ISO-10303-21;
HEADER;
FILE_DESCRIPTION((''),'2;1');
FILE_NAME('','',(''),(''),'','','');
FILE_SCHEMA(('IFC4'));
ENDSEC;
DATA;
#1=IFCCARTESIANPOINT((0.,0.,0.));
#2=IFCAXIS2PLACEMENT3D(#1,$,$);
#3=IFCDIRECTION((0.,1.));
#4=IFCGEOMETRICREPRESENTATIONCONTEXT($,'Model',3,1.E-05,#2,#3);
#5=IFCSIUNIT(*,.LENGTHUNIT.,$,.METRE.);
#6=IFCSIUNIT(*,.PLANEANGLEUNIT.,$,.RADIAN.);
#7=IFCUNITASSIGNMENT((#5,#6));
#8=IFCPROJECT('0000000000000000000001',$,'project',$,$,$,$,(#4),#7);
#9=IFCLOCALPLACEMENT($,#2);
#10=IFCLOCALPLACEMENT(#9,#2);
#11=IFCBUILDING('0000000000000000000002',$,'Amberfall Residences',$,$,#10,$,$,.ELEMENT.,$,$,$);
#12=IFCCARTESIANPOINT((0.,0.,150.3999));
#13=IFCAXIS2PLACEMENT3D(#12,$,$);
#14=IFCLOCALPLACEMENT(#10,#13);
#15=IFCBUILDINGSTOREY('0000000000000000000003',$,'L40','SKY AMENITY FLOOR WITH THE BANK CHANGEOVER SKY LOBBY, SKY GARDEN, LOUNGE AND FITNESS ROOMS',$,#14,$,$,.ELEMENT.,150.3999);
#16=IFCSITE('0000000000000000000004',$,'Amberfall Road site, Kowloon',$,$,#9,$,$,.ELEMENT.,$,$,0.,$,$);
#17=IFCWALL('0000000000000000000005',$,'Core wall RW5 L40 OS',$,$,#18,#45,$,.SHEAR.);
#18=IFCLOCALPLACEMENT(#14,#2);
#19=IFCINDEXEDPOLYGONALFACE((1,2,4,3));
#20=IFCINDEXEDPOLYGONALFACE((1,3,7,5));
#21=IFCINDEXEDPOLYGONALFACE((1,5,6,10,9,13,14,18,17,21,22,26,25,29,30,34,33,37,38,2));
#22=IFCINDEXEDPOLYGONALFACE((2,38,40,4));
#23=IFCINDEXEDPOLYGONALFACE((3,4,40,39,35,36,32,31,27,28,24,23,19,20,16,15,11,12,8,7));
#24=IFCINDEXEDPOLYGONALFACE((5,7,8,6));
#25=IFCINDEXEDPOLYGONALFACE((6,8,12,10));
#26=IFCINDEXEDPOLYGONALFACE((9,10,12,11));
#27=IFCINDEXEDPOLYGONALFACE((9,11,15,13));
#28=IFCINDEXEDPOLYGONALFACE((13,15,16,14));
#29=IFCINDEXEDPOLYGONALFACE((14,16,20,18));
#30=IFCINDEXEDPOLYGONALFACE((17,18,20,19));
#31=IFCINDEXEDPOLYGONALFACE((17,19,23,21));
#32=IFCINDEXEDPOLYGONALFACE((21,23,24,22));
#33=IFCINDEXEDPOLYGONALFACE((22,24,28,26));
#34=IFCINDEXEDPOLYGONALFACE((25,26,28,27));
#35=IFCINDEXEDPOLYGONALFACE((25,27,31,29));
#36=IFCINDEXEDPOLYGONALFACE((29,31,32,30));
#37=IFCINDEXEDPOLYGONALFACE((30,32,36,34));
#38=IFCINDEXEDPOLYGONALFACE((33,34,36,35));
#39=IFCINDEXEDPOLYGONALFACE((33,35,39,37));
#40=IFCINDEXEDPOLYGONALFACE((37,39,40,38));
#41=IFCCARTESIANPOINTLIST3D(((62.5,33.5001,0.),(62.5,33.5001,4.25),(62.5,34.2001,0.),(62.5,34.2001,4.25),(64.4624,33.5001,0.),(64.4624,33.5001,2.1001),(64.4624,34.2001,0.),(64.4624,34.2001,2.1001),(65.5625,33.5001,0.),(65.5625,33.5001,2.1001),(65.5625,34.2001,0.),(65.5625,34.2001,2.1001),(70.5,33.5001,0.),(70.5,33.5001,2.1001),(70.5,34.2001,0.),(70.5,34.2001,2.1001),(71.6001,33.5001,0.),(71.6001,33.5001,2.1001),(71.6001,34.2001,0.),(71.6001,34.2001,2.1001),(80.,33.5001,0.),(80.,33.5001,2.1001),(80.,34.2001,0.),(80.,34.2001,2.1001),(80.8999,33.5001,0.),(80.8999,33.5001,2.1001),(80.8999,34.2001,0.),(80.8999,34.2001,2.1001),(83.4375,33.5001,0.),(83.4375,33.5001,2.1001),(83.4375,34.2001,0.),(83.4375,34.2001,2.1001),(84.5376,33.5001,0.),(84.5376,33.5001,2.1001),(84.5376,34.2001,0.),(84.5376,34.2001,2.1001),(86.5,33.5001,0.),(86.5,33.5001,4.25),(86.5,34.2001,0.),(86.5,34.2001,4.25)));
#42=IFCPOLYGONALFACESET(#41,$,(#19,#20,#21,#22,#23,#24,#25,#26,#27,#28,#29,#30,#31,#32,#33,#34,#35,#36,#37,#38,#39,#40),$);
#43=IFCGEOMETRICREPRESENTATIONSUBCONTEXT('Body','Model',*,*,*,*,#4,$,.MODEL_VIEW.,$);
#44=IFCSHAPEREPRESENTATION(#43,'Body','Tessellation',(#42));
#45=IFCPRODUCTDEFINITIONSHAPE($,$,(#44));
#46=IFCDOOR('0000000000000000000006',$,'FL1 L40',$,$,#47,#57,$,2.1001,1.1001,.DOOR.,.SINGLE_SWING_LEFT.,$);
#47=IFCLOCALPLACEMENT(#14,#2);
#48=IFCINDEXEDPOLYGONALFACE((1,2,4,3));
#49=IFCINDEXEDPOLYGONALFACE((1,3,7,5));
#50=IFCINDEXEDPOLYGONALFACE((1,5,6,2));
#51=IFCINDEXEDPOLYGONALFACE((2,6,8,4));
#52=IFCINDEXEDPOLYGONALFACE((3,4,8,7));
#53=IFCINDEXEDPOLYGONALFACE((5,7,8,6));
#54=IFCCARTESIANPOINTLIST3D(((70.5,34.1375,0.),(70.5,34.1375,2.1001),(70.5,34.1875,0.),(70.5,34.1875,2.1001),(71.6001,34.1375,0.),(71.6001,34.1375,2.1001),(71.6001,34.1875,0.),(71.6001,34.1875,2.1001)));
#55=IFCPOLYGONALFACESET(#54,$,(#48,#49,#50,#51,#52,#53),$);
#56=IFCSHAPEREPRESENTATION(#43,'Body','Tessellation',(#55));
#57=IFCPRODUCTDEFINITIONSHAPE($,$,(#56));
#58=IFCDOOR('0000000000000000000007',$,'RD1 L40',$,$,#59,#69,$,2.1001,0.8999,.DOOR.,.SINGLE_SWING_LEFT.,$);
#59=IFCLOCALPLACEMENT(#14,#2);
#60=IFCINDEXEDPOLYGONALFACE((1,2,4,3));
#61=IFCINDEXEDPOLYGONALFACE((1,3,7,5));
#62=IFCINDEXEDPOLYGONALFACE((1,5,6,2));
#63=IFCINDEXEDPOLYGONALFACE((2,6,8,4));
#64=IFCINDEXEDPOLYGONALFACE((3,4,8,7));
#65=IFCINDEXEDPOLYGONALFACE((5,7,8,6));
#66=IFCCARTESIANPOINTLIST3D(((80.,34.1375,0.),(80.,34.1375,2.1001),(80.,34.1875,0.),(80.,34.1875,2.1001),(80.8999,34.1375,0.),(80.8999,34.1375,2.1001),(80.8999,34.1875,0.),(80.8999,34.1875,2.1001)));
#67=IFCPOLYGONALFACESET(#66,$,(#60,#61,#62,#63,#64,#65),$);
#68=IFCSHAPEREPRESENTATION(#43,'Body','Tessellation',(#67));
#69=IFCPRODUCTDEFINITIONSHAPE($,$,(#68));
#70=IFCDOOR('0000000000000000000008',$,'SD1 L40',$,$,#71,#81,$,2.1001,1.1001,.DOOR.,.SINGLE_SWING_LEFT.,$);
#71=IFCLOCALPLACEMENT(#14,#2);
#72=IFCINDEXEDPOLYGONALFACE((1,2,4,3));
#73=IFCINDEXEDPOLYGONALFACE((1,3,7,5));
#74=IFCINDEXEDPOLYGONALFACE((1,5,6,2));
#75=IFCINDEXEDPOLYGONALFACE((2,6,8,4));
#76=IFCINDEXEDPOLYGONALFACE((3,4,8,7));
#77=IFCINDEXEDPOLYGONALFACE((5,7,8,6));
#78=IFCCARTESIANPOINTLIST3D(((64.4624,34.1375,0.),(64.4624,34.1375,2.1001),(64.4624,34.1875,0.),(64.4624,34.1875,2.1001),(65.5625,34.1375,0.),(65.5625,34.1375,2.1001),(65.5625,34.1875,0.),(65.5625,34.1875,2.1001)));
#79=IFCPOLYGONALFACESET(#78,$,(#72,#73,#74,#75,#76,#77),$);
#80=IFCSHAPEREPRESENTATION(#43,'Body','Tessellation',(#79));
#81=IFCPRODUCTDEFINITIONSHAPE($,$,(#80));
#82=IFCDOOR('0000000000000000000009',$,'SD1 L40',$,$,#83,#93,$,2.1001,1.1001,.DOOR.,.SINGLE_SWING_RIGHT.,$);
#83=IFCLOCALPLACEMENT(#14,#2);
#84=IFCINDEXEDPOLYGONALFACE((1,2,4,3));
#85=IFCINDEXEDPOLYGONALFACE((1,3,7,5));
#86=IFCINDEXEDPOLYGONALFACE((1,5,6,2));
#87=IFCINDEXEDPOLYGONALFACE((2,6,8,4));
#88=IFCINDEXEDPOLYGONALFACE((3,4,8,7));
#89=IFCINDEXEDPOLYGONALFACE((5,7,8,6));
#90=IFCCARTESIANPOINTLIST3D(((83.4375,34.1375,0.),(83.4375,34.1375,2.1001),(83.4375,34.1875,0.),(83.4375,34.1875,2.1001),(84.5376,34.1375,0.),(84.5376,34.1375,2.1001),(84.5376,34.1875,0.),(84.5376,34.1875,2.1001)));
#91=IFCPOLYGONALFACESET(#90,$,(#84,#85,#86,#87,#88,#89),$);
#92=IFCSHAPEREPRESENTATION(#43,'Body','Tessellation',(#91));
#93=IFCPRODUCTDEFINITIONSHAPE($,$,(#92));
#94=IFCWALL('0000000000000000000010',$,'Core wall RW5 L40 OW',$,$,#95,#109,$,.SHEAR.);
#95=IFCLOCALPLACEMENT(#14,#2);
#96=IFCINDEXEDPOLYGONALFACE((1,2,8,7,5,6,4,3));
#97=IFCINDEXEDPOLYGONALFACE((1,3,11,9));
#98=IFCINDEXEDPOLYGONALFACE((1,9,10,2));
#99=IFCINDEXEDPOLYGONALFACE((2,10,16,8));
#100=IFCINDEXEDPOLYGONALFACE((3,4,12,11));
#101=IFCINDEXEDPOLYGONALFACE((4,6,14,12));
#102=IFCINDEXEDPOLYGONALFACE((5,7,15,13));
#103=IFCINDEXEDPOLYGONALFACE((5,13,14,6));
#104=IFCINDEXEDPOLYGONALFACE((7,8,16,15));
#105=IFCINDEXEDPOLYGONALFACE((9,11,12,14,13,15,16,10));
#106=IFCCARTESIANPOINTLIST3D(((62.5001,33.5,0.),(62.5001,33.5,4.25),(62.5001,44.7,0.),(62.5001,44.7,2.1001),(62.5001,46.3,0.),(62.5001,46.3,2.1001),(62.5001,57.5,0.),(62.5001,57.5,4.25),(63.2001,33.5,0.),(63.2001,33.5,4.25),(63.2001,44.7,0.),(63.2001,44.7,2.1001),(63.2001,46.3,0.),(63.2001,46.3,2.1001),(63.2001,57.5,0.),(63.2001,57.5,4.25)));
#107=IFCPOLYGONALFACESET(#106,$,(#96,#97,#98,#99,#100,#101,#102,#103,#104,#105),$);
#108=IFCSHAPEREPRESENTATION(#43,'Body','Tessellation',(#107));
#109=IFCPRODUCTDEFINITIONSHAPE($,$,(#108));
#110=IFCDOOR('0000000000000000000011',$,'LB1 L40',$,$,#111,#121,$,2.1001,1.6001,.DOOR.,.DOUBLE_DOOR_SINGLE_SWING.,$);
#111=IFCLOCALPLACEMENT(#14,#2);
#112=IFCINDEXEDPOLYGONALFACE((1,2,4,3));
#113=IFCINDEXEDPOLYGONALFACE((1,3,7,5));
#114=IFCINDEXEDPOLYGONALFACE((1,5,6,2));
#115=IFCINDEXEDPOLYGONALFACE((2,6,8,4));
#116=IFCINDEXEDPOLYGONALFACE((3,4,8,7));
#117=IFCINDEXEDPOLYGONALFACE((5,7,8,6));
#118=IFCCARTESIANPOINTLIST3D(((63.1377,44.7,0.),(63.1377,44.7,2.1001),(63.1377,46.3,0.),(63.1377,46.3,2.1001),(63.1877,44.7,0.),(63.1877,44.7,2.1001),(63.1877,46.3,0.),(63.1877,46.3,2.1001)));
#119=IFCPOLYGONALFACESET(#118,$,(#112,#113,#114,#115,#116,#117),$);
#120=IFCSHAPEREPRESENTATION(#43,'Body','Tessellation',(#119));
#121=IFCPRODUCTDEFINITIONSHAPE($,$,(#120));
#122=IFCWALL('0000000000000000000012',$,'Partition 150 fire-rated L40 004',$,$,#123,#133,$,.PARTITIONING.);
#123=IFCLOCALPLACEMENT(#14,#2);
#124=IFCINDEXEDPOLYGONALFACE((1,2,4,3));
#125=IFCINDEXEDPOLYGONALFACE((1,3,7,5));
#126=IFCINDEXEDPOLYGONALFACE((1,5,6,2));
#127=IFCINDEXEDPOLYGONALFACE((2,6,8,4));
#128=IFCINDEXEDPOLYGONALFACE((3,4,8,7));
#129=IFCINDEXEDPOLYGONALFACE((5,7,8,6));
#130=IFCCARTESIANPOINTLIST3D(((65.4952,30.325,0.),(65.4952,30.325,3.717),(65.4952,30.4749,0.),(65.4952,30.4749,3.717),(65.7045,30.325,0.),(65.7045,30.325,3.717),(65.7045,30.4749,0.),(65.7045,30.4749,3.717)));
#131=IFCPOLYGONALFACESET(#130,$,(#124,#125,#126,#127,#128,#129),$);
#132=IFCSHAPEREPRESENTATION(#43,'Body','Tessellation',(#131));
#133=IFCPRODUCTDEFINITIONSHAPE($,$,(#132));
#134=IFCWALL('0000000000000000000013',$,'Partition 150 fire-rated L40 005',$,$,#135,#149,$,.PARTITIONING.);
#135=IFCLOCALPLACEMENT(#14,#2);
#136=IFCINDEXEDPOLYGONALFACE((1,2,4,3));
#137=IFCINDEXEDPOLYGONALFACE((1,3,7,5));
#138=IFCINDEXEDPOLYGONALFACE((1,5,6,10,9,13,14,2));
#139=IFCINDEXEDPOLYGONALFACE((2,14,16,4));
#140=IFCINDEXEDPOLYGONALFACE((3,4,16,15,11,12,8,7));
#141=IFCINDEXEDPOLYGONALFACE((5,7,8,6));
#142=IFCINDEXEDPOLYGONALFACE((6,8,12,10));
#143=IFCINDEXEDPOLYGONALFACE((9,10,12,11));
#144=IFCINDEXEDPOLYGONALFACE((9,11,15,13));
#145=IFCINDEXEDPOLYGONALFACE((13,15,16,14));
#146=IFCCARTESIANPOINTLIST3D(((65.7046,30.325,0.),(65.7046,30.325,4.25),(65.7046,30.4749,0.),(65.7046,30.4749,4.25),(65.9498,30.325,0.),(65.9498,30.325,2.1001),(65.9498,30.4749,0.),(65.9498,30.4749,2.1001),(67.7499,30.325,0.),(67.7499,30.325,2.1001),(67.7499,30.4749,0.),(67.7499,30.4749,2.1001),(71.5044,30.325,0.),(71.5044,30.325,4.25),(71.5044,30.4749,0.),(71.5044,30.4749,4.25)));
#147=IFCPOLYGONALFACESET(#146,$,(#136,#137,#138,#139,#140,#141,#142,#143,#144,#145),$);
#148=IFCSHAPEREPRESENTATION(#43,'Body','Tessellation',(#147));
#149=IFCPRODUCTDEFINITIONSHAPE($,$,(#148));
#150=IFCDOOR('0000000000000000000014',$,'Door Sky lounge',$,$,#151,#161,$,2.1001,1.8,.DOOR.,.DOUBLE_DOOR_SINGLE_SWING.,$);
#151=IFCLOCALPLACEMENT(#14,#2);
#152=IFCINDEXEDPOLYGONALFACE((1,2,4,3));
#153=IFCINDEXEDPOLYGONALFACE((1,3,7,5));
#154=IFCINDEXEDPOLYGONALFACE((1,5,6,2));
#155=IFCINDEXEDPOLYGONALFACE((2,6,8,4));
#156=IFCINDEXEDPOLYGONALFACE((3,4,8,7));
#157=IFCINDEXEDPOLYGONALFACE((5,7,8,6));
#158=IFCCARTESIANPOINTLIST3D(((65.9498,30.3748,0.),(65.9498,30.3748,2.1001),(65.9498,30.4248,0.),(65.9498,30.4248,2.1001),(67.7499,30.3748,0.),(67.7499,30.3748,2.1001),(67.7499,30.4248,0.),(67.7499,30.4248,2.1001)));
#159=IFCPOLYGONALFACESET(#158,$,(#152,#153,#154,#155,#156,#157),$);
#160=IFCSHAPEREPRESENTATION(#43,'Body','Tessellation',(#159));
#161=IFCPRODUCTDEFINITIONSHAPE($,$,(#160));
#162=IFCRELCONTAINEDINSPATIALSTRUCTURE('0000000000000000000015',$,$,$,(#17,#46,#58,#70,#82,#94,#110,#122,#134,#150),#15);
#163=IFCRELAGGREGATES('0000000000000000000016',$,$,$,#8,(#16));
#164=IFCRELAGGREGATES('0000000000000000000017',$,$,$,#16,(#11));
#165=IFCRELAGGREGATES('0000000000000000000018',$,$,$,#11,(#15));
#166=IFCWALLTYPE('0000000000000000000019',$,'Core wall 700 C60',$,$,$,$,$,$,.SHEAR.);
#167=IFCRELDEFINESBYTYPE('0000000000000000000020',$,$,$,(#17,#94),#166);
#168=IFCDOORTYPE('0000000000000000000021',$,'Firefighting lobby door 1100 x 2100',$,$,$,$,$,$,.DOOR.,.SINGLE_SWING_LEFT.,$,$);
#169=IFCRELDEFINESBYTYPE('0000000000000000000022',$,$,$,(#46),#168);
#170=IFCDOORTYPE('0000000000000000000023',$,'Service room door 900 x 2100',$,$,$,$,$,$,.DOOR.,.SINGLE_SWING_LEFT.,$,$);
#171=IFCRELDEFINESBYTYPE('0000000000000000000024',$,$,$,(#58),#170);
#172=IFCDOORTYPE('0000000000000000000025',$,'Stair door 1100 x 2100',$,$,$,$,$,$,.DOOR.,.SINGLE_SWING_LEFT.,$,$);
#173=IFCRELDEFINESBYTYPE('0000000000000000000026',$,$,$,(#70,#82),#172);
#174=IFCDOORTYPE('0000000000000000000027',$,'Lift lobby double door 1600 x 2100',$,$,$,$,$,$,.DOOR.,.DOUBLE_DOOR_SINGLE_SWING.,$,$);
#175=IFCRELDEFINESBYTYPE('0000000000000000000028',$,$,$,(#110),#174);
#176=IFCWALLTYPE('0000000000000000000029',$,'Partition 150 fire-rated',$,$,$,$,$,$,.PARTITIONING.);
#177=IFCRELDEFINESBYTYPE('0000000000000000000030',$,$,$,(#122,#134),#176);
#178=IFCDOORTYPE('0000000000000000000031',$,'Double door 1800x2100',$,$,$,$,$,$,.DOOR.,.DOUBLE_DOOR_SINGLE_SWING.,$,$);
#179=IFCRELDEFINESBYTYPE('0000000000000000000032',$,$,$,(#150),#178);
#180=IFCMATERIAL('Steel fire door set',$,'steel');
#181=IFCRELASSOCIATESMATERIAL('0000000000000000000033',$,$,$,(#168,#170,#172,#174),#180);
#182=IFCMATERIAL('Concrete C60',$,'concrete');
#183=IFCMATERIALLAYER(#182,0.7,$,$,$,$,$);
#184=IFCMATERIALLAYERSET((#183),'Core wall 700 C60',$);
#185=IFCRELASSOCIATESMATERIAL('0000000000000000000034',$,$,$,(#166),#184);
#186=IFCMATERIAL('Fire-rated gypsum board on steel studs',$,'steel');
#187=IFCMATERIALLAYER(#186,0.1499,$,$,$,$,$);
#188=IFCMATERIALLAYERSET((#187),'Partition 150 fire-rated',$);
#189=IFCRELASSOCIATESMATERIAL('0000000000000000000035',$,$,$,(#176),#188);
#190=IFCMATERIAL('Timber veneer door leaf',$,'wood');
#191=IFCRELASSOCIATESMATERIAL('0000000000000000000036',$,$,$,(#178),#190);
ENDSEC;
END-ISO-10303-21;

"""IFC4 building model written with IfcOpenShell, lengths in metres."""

from ifc_helpers import new_model, si_unit, direction, frame, frame_2d, origin, place, context, subcontext, project, spatial, rectangle, extrude, material, layer, layer_set, type_object, element, fill, save


model = new_model("IFC4")

# Units and contexts
model_context = context("Model", 3, precision=1e-05, world=origin(), true_north=direction((0.0, 1.0)))
body_context = subcontext(model_context, "Body", "Model", "MODEL_VIEW")
ifc_project = project(units=[si_unit("LENGTHUNIT", "METRE"), si_unit("PLANEANGLEUNIT", "RADIAN")], contexts=[model_context])

# Site, building, storey
site_placement = place(None, origin())
site = spatial("IfcSite", under=ifc_project, at=site_placement, Name="Amberfall Road site, Kowloon", CompositionType="ELEMENT", RefElevation=0.0)
building_placement = place(site_placement, origin())
building = spatial("IfcBuilding", under=site, at=building_placement, Name="Amberfall Residences", CompositionType="ELEMENT")
storey_placement = place(building_placement, frame((0.0, 0.0, 150.3999)))
storey = spatial("IfcBuildingStorey", under=building, at=storey_placement, Name="L40", Description="SKY AMENITY FLOOR WITH THE BANK CHANGEOVER SKY LOBBY, SKY GARDEN, LOUNGE AND FITNESS ROOMS", CompositionType="ELEMENT", Elevation=150.3999)

# Shared definitions
ifc_material_1 = material(Name="Concrete C60", Category="concrete")

# Shared definitions
ifc_material_2 = material(Name="Steel fire door set", Category="steel")
door_type_1 = type_object("IfcDoorType", Name="Firefighting lobby door 1100 x 2100", OperationType="SINGLE_SWING_LEFT", PredefinedType="DOOR", material=ifc_material_2)

# Wall, openings, doors
ifc_layer_1 = layer(ifc_material_1, 0.7)
ifc_layer_set_1 = layer_set([ifc_layer_1], Name="Core wall 700 C60")
wall_type_1 = type_object("IfcWallType", Name="Core wall 700 C60", PredefinedType="SHEAR", material=ifc_layer_set_1)
wall_1_placement = place(storey_placement, frame((62.5, 33.8501, 0.0), z_axis=(0.0, 0.0, 1.0), x_axis=(1.0, 0.0, 0.0)))
wall_1 = element("IfcWall", 1, at=wall_1_placement, inside=storey, type_object=wall_type_1, Name="Core wall RW5 L40 OS", PredefinedType="SHEAR", context=body_context, shape_type="SweptSolid", body=[
    extrude(rectangle(XDim=24.0, YDim=0.7, at=frame_2d((12.0, 0.0))), origin(), (0.0, 0.0, 1.0), 4.25),
])
opening_1_placement = place(wall_1_placement, frame((1.9624, 0.0, 0.0)))
opening_1 = element("IfcOpeningElement", 2, at=opening_1_placement, cuts=wall_1, PredefinedType="OPENING", context=body_context, shape_type="SweptSolid", body=[
    extrude(rectangle(XDim=1.1001, YDim=2.1001, at=frame_2d((0.55, 1.05))), frame((0.0, 0.3599, 0.0), z_axis=(0.0, -1.0, 0.0), x_axis=(1.0, 0.0, 0.0)), (0.0, 0.0, 1.0), 0.72),
])
opening_2_placement = place(wall_1_placement, frame((20.9375, 0.0, 0.0)))
opening_2 = element("IfcOpeningElement", 3, at=opening_2_placement, cuts=wall_1, PredefinedType="OPENING", context=body_context, shape_type="SweptSolid", body=[
    extrude(rectangle(XDim=1.1001, YDim=2.1001, at=frame_2d((0.55, 1.05))), frame((0.0, 0.3599, 0.0), z_axis=(0.0, -1.0, 0.0), x_axis=(1.0, 0.0, 0.0)), (0.0, 0.0, 1.0), 0.72),
])
opening_3_placement = place(wall_1_placement, frame((8.0, 0.0, 0.0)))
opening_3 = element("IfcOpeningElement", 4, at=opening_3_placement, cuts=wall_1, PredefinedType="OPENING", context=body_context, shape_type="SweptSolid", body=[
    extrude(rectangle(XDim=1.1001, YDim=2.1001, at=frame_2d((0.55, 1.05))), frame((0.0, 0.3599, 0.0), z_axis=(0.0, -1.0, 0.0), x_axis=(1.0, 0.0, 0.0)), (0.0, 0.0, 1.0), 0.72),
])
opening_4_placement = place(wall_1_placement, frame((17.5, 0.0, 0.0)))
opening_4 = element("IfcOpeningElement", 5, at=opening_4_placement, cuts=wall_1, PredefinedType="OPENING", context=body_context, shape_type="SweptSolid", body=[
    extrude(rectangle(XDim=0.8999, YDim=2.1001, at=frame_2d((0.45, 1.05))), frame((0.0, 0.3599, 0.0), z_axis=(0.0, -1.0, 0.0), x_axis=(1.0, 0.0, 0.0)), (0.0, 0.0, 1.0), 0.72),
])
door_1_placement = place(opening_3_placement, origin())
door_1 = element("IfcDoor", 6, at=door_1_placement, inside=storey, type_object=door_type_1, Name="FL1 L40", OperationType="SINGLE_SWING_LEFT", OverallHeight=2.1001, OverallWidth=1.1001, PredefinedType="DOOR", context=body_context, shape_type="SweptSolid", body=[
    extrude(rectangle(XDim=1.1001, YDim=2.1001, at=frame_2d((0.55, 1.05))), frame((0.0, 0.3374, 0.0), z_axis=(0.0, -1.0, 0.0), x_axis=(1.0, 0.0, 0.0)), (0.0, 0.0, 1.0), 0.05),
])
fill(opening_3, door_1)
door_type_2 = type_object("IfcDoorType", Name="Service room door 900 x 2100", OperationType="SINGLE_SWING_LEFT", PredefinedType="DOOR", material=ifc_material_2)
door_2_placement = place(opening_4_placement, origin())
door_2 = element("IfcDoor", 7, at=door_2_placement, inside=storey, type_object=door_type_2, Name="RD1 L40", OperationType="SINGLE_SWING_LEFT", OverallHeight=2.1001, OverallWidth=0.8999, PredefinedType="DOOR", context=body_context, shape_type="SweptSolid", body=[
    extrude(rectangle(XDim=0.8999, YDim=2.1001, at=frame_2d((0.45, 1.05))), frame((0.0, 0.3374, 0.0), z_axis=(0.0, -1.0, 0.0), x_axis=(1.0, 0.0, 0.0)), (0.0, 0.0, 1.0), 0.05),
])
fill(opening_4, door_2)
door_type_3 = type_object("IfcDoorType", Name="Stair door 1100 x 2100", OperationType="SINGLE_SWING_LEFT", PredefinedType="DOOR", material=ifc_material_2)
door_3_placement = place(opening_1_placement, origin())
door_3 = element("IfcDoor", 8, at=door_3_placement, inside=storey, type_object=door_type_3, Name="SD1 L40", OperationType="SINGLE_SWING_LEFT", OverallHeight=2.1001, OverallWidth=1.1001, PredefinedType="DOOR", context=body_context, shape_type="SweptSolid", body=[
    extrude(rectangle(XDim=1.1001, YDim=2.1001, at=frame_2d((0.55, 1.05))), frame((0.0, 0.3374, 0.0), z_axis=(0.0, -1.0, 0.0), x_axis=(1.0, 0.0, 0.0)), (0.0, 0.0, 1.0), 0.05),
])
fill(opening_1, door_3)
door_4_placement = place(opening_2_placement, origin())
door_4 = element("IfcDoor", 9, at=door_4_placement, inside=storey, type_object=door_type_3, Name="SD1 L40", OperationType="SINGLE_SWING_RIGHT", OverallHeight=2.1001, OverallWidth=1.1001, PredefinedType="DOOR", context=body_context, shape_type="SweptSolid", body=[
    extrude(rectangle(XDim=1.1001, YDim=2.1001, at=frame_2d((0.55, 1.05))), frame((0.0, 0.3374, 0.0), z_axis=(0.0, -1.0, 0.0), x_axis=(1.0, 0.0, 0.0)), (0.0, 0.0, 1.0), 0.05),
])
fill(opening_2, door_4)

# Wall, opening, door
wall_2_placement = place(storey_placement, frame((62.8501, 33.5, 0.0), z_axis=(0.0, 0.0, 1.0), x_axis=(0.0, 1.0, 0.0)))
wall_2 = element("IfcWall", 10, at=wall_2_placement, inside=storey, type_object=wall_type_1, Name="Core wall RW5 L40 OW", PredefinedType="SHEAR", context=body_context, shape_type="SweptSolid", body=[
    extrude(rectangle(XDim=24.0, YDim=0.7, at=frame_2d((12.0, 0.0))), origin(), (0.0, 0.0, 1.0), 4.25),
])
opening_5_placement = place(wall_2_placement, frame((11.2, 0.0, 0.0)))
opening_5 = element("IfcOpeningElement", 11, at=opening_5_placement, cuts=wall_2, PredefinedType="OPENING", context=body_context, shape_type="SweptSolid", body=[
    extrude(rectangle(XDim=1.6001, YDim=2.1001, at=frame_2d((0.8, 1.05))), frame((0.0, 0.3599, 0.0), z_axis=(0.0, -1.0, 0.0), x_axis=(1.0, 0.0, 0.0)), (0.0, 0.0, 1.0), 0.72),
])
door_type_4 = type_object("IfcDoorType", Name="Lift lobby double door 1600 x 2100", OperationType="DOUBLE_DOOR_SINGLE_SWING", PredefinedType="DOOR", material=ifc_material_2)
door_5_placement = place(opening_5_placement, origin())
door_5 = element("IfcDoor", 12, at=door_5_placement, inside=storey, type_object=door_type_4, Name="LB1 L40", OperationType="DOUBLE_DOOR_SINGLE_SWING", OverallHeight=2.1001, OverallWidth=1.6001, PredefinedType="DOOR", context=body_context, shape_type="SweptSolid", body=[
    extrude(rectangle(XDim=1.6001, YDim=2.1001, at=frame_2d((0.8, 1.05))), frame((0.0, -0.2876, 0.0), z_axis=(0.0, -1.0, 0.0), x_axis=(1.0, 0.0, 0.0)), (0.0, 0.0, 1.0), 0.05),
])
fill(opening_5, door_5)

# Wall
ifc_material_3 = material(Name="Fire-rated gypsum board on steel studs", Category="steel")
ifc_layer_2 = layer(ifc_material_3, 0.1499)
ifc_layer_set_2 = layer_set([ifc_layer_2], Name="Partition 150 fire-rated")
wall_type_2 = type_object("IfcWallType", Name="Partition 150 fire-rated", PredefinedType="PARTITIONING", material=ifc_layer_set_2)
wall_3_placement = place(storey_placement, frame((65.4954, 30.3999, 0.0), z_axis=(0.0, 0.0, 1.0), x_axis=(1.0, 0.0, 0.0)))
element("IfcWall", 13, at=wall_3_placement, inside=storey, type_object=wall_type_2, Name="Partition 150 fire-rated L40 004", PredefinedType="PARTITIONING", context=body_context, shape_type="SweptSolid", body=[
    extrude(rectangle(XDim=0.2092, YDim=0.1499, at=frame_2d((0.1045, 0.0))), origin(), (0.0, 0.0, 1.0), 3.717),
])

# Wall, opening, door
wall_4_placement = place(storey_placement, frame((65.7046, 30.3999, 0.0), z_axis=(0.0, 0.0, 1.0), x_axis=(1.0, 0.0, 0.0)))
wall_4 = element("IfcWall", 14, at=wall_4_placement, inside=storey, type_object=wall_type_2, Name="Partition 150 fire-rated L40 005", PredefinedType="PARTITIONING", context=body_context, shape_type="SweptSolid", body=[
    extrude(rectangle(XDim=5.7998, YDim=0.1499, at=frame_2d((2.8999, 0.0))), origin(), (0.0, 0.0, 1.0), 4.25),
])
opening_6_placement = place(wall_4_placement, frame((0.2454, 0.0, 0.0)))
opening_6 = element("IfcOpeningElement", 15, at=opening_6_placement, cuts=wall_4, PredefinedType="OPENING", context=body_context, shape_type="SweptSolid", body=[
    extrude(rectangle(XDim=1.8, YDim=2.1001, at=frame_2d((0.8999, 1.05))), frame((0.0, 0.085, 0.0), z_axis=(0.0, -1.0, 0.0), x_axis=(1.0, 0.0, 0.0)), (0.0, 0.0, 1.0), 0.1699),
])
ifc_material_4 = material(Name="Timber veneer door leaf", Category="wood")
door_type_5 = type_object("IfcDoorType", Name="Double door 1800x2100", OperationType="DOUBLE_DOOR_SINGLE_SWING", PredefinedType="DOOR", material=ifc_material_4)
door_6_placement = place(opening_6_placement, origin())
door_6 = element("IfcDoor", 16, at=door_6_placement, inside=storey, type_object=door_type_5, Name="Door Sky lounge", OperationType="DOUBLE_DOOR_SINGLE_SWING", OverallHeight=2.1001, OverallWidth=1.8, PredefinedType="DOOR", context=body_context, shape_type="SweptSolid", body=[
    extrude(rectangle(XDim=1.8, YDim=2.1001, at=frame_2d((0.8999, 1.05))), frame((0.0, 0.0249, 0.0), z_axis=(0.0, -1.0, 0.0), x_axis=(1.0, 0.0, 0.0)), (0.0, 0.0, 1.0), 0.05),
])
fill(opening_6, door_6)

save(model, "model.ifc")
